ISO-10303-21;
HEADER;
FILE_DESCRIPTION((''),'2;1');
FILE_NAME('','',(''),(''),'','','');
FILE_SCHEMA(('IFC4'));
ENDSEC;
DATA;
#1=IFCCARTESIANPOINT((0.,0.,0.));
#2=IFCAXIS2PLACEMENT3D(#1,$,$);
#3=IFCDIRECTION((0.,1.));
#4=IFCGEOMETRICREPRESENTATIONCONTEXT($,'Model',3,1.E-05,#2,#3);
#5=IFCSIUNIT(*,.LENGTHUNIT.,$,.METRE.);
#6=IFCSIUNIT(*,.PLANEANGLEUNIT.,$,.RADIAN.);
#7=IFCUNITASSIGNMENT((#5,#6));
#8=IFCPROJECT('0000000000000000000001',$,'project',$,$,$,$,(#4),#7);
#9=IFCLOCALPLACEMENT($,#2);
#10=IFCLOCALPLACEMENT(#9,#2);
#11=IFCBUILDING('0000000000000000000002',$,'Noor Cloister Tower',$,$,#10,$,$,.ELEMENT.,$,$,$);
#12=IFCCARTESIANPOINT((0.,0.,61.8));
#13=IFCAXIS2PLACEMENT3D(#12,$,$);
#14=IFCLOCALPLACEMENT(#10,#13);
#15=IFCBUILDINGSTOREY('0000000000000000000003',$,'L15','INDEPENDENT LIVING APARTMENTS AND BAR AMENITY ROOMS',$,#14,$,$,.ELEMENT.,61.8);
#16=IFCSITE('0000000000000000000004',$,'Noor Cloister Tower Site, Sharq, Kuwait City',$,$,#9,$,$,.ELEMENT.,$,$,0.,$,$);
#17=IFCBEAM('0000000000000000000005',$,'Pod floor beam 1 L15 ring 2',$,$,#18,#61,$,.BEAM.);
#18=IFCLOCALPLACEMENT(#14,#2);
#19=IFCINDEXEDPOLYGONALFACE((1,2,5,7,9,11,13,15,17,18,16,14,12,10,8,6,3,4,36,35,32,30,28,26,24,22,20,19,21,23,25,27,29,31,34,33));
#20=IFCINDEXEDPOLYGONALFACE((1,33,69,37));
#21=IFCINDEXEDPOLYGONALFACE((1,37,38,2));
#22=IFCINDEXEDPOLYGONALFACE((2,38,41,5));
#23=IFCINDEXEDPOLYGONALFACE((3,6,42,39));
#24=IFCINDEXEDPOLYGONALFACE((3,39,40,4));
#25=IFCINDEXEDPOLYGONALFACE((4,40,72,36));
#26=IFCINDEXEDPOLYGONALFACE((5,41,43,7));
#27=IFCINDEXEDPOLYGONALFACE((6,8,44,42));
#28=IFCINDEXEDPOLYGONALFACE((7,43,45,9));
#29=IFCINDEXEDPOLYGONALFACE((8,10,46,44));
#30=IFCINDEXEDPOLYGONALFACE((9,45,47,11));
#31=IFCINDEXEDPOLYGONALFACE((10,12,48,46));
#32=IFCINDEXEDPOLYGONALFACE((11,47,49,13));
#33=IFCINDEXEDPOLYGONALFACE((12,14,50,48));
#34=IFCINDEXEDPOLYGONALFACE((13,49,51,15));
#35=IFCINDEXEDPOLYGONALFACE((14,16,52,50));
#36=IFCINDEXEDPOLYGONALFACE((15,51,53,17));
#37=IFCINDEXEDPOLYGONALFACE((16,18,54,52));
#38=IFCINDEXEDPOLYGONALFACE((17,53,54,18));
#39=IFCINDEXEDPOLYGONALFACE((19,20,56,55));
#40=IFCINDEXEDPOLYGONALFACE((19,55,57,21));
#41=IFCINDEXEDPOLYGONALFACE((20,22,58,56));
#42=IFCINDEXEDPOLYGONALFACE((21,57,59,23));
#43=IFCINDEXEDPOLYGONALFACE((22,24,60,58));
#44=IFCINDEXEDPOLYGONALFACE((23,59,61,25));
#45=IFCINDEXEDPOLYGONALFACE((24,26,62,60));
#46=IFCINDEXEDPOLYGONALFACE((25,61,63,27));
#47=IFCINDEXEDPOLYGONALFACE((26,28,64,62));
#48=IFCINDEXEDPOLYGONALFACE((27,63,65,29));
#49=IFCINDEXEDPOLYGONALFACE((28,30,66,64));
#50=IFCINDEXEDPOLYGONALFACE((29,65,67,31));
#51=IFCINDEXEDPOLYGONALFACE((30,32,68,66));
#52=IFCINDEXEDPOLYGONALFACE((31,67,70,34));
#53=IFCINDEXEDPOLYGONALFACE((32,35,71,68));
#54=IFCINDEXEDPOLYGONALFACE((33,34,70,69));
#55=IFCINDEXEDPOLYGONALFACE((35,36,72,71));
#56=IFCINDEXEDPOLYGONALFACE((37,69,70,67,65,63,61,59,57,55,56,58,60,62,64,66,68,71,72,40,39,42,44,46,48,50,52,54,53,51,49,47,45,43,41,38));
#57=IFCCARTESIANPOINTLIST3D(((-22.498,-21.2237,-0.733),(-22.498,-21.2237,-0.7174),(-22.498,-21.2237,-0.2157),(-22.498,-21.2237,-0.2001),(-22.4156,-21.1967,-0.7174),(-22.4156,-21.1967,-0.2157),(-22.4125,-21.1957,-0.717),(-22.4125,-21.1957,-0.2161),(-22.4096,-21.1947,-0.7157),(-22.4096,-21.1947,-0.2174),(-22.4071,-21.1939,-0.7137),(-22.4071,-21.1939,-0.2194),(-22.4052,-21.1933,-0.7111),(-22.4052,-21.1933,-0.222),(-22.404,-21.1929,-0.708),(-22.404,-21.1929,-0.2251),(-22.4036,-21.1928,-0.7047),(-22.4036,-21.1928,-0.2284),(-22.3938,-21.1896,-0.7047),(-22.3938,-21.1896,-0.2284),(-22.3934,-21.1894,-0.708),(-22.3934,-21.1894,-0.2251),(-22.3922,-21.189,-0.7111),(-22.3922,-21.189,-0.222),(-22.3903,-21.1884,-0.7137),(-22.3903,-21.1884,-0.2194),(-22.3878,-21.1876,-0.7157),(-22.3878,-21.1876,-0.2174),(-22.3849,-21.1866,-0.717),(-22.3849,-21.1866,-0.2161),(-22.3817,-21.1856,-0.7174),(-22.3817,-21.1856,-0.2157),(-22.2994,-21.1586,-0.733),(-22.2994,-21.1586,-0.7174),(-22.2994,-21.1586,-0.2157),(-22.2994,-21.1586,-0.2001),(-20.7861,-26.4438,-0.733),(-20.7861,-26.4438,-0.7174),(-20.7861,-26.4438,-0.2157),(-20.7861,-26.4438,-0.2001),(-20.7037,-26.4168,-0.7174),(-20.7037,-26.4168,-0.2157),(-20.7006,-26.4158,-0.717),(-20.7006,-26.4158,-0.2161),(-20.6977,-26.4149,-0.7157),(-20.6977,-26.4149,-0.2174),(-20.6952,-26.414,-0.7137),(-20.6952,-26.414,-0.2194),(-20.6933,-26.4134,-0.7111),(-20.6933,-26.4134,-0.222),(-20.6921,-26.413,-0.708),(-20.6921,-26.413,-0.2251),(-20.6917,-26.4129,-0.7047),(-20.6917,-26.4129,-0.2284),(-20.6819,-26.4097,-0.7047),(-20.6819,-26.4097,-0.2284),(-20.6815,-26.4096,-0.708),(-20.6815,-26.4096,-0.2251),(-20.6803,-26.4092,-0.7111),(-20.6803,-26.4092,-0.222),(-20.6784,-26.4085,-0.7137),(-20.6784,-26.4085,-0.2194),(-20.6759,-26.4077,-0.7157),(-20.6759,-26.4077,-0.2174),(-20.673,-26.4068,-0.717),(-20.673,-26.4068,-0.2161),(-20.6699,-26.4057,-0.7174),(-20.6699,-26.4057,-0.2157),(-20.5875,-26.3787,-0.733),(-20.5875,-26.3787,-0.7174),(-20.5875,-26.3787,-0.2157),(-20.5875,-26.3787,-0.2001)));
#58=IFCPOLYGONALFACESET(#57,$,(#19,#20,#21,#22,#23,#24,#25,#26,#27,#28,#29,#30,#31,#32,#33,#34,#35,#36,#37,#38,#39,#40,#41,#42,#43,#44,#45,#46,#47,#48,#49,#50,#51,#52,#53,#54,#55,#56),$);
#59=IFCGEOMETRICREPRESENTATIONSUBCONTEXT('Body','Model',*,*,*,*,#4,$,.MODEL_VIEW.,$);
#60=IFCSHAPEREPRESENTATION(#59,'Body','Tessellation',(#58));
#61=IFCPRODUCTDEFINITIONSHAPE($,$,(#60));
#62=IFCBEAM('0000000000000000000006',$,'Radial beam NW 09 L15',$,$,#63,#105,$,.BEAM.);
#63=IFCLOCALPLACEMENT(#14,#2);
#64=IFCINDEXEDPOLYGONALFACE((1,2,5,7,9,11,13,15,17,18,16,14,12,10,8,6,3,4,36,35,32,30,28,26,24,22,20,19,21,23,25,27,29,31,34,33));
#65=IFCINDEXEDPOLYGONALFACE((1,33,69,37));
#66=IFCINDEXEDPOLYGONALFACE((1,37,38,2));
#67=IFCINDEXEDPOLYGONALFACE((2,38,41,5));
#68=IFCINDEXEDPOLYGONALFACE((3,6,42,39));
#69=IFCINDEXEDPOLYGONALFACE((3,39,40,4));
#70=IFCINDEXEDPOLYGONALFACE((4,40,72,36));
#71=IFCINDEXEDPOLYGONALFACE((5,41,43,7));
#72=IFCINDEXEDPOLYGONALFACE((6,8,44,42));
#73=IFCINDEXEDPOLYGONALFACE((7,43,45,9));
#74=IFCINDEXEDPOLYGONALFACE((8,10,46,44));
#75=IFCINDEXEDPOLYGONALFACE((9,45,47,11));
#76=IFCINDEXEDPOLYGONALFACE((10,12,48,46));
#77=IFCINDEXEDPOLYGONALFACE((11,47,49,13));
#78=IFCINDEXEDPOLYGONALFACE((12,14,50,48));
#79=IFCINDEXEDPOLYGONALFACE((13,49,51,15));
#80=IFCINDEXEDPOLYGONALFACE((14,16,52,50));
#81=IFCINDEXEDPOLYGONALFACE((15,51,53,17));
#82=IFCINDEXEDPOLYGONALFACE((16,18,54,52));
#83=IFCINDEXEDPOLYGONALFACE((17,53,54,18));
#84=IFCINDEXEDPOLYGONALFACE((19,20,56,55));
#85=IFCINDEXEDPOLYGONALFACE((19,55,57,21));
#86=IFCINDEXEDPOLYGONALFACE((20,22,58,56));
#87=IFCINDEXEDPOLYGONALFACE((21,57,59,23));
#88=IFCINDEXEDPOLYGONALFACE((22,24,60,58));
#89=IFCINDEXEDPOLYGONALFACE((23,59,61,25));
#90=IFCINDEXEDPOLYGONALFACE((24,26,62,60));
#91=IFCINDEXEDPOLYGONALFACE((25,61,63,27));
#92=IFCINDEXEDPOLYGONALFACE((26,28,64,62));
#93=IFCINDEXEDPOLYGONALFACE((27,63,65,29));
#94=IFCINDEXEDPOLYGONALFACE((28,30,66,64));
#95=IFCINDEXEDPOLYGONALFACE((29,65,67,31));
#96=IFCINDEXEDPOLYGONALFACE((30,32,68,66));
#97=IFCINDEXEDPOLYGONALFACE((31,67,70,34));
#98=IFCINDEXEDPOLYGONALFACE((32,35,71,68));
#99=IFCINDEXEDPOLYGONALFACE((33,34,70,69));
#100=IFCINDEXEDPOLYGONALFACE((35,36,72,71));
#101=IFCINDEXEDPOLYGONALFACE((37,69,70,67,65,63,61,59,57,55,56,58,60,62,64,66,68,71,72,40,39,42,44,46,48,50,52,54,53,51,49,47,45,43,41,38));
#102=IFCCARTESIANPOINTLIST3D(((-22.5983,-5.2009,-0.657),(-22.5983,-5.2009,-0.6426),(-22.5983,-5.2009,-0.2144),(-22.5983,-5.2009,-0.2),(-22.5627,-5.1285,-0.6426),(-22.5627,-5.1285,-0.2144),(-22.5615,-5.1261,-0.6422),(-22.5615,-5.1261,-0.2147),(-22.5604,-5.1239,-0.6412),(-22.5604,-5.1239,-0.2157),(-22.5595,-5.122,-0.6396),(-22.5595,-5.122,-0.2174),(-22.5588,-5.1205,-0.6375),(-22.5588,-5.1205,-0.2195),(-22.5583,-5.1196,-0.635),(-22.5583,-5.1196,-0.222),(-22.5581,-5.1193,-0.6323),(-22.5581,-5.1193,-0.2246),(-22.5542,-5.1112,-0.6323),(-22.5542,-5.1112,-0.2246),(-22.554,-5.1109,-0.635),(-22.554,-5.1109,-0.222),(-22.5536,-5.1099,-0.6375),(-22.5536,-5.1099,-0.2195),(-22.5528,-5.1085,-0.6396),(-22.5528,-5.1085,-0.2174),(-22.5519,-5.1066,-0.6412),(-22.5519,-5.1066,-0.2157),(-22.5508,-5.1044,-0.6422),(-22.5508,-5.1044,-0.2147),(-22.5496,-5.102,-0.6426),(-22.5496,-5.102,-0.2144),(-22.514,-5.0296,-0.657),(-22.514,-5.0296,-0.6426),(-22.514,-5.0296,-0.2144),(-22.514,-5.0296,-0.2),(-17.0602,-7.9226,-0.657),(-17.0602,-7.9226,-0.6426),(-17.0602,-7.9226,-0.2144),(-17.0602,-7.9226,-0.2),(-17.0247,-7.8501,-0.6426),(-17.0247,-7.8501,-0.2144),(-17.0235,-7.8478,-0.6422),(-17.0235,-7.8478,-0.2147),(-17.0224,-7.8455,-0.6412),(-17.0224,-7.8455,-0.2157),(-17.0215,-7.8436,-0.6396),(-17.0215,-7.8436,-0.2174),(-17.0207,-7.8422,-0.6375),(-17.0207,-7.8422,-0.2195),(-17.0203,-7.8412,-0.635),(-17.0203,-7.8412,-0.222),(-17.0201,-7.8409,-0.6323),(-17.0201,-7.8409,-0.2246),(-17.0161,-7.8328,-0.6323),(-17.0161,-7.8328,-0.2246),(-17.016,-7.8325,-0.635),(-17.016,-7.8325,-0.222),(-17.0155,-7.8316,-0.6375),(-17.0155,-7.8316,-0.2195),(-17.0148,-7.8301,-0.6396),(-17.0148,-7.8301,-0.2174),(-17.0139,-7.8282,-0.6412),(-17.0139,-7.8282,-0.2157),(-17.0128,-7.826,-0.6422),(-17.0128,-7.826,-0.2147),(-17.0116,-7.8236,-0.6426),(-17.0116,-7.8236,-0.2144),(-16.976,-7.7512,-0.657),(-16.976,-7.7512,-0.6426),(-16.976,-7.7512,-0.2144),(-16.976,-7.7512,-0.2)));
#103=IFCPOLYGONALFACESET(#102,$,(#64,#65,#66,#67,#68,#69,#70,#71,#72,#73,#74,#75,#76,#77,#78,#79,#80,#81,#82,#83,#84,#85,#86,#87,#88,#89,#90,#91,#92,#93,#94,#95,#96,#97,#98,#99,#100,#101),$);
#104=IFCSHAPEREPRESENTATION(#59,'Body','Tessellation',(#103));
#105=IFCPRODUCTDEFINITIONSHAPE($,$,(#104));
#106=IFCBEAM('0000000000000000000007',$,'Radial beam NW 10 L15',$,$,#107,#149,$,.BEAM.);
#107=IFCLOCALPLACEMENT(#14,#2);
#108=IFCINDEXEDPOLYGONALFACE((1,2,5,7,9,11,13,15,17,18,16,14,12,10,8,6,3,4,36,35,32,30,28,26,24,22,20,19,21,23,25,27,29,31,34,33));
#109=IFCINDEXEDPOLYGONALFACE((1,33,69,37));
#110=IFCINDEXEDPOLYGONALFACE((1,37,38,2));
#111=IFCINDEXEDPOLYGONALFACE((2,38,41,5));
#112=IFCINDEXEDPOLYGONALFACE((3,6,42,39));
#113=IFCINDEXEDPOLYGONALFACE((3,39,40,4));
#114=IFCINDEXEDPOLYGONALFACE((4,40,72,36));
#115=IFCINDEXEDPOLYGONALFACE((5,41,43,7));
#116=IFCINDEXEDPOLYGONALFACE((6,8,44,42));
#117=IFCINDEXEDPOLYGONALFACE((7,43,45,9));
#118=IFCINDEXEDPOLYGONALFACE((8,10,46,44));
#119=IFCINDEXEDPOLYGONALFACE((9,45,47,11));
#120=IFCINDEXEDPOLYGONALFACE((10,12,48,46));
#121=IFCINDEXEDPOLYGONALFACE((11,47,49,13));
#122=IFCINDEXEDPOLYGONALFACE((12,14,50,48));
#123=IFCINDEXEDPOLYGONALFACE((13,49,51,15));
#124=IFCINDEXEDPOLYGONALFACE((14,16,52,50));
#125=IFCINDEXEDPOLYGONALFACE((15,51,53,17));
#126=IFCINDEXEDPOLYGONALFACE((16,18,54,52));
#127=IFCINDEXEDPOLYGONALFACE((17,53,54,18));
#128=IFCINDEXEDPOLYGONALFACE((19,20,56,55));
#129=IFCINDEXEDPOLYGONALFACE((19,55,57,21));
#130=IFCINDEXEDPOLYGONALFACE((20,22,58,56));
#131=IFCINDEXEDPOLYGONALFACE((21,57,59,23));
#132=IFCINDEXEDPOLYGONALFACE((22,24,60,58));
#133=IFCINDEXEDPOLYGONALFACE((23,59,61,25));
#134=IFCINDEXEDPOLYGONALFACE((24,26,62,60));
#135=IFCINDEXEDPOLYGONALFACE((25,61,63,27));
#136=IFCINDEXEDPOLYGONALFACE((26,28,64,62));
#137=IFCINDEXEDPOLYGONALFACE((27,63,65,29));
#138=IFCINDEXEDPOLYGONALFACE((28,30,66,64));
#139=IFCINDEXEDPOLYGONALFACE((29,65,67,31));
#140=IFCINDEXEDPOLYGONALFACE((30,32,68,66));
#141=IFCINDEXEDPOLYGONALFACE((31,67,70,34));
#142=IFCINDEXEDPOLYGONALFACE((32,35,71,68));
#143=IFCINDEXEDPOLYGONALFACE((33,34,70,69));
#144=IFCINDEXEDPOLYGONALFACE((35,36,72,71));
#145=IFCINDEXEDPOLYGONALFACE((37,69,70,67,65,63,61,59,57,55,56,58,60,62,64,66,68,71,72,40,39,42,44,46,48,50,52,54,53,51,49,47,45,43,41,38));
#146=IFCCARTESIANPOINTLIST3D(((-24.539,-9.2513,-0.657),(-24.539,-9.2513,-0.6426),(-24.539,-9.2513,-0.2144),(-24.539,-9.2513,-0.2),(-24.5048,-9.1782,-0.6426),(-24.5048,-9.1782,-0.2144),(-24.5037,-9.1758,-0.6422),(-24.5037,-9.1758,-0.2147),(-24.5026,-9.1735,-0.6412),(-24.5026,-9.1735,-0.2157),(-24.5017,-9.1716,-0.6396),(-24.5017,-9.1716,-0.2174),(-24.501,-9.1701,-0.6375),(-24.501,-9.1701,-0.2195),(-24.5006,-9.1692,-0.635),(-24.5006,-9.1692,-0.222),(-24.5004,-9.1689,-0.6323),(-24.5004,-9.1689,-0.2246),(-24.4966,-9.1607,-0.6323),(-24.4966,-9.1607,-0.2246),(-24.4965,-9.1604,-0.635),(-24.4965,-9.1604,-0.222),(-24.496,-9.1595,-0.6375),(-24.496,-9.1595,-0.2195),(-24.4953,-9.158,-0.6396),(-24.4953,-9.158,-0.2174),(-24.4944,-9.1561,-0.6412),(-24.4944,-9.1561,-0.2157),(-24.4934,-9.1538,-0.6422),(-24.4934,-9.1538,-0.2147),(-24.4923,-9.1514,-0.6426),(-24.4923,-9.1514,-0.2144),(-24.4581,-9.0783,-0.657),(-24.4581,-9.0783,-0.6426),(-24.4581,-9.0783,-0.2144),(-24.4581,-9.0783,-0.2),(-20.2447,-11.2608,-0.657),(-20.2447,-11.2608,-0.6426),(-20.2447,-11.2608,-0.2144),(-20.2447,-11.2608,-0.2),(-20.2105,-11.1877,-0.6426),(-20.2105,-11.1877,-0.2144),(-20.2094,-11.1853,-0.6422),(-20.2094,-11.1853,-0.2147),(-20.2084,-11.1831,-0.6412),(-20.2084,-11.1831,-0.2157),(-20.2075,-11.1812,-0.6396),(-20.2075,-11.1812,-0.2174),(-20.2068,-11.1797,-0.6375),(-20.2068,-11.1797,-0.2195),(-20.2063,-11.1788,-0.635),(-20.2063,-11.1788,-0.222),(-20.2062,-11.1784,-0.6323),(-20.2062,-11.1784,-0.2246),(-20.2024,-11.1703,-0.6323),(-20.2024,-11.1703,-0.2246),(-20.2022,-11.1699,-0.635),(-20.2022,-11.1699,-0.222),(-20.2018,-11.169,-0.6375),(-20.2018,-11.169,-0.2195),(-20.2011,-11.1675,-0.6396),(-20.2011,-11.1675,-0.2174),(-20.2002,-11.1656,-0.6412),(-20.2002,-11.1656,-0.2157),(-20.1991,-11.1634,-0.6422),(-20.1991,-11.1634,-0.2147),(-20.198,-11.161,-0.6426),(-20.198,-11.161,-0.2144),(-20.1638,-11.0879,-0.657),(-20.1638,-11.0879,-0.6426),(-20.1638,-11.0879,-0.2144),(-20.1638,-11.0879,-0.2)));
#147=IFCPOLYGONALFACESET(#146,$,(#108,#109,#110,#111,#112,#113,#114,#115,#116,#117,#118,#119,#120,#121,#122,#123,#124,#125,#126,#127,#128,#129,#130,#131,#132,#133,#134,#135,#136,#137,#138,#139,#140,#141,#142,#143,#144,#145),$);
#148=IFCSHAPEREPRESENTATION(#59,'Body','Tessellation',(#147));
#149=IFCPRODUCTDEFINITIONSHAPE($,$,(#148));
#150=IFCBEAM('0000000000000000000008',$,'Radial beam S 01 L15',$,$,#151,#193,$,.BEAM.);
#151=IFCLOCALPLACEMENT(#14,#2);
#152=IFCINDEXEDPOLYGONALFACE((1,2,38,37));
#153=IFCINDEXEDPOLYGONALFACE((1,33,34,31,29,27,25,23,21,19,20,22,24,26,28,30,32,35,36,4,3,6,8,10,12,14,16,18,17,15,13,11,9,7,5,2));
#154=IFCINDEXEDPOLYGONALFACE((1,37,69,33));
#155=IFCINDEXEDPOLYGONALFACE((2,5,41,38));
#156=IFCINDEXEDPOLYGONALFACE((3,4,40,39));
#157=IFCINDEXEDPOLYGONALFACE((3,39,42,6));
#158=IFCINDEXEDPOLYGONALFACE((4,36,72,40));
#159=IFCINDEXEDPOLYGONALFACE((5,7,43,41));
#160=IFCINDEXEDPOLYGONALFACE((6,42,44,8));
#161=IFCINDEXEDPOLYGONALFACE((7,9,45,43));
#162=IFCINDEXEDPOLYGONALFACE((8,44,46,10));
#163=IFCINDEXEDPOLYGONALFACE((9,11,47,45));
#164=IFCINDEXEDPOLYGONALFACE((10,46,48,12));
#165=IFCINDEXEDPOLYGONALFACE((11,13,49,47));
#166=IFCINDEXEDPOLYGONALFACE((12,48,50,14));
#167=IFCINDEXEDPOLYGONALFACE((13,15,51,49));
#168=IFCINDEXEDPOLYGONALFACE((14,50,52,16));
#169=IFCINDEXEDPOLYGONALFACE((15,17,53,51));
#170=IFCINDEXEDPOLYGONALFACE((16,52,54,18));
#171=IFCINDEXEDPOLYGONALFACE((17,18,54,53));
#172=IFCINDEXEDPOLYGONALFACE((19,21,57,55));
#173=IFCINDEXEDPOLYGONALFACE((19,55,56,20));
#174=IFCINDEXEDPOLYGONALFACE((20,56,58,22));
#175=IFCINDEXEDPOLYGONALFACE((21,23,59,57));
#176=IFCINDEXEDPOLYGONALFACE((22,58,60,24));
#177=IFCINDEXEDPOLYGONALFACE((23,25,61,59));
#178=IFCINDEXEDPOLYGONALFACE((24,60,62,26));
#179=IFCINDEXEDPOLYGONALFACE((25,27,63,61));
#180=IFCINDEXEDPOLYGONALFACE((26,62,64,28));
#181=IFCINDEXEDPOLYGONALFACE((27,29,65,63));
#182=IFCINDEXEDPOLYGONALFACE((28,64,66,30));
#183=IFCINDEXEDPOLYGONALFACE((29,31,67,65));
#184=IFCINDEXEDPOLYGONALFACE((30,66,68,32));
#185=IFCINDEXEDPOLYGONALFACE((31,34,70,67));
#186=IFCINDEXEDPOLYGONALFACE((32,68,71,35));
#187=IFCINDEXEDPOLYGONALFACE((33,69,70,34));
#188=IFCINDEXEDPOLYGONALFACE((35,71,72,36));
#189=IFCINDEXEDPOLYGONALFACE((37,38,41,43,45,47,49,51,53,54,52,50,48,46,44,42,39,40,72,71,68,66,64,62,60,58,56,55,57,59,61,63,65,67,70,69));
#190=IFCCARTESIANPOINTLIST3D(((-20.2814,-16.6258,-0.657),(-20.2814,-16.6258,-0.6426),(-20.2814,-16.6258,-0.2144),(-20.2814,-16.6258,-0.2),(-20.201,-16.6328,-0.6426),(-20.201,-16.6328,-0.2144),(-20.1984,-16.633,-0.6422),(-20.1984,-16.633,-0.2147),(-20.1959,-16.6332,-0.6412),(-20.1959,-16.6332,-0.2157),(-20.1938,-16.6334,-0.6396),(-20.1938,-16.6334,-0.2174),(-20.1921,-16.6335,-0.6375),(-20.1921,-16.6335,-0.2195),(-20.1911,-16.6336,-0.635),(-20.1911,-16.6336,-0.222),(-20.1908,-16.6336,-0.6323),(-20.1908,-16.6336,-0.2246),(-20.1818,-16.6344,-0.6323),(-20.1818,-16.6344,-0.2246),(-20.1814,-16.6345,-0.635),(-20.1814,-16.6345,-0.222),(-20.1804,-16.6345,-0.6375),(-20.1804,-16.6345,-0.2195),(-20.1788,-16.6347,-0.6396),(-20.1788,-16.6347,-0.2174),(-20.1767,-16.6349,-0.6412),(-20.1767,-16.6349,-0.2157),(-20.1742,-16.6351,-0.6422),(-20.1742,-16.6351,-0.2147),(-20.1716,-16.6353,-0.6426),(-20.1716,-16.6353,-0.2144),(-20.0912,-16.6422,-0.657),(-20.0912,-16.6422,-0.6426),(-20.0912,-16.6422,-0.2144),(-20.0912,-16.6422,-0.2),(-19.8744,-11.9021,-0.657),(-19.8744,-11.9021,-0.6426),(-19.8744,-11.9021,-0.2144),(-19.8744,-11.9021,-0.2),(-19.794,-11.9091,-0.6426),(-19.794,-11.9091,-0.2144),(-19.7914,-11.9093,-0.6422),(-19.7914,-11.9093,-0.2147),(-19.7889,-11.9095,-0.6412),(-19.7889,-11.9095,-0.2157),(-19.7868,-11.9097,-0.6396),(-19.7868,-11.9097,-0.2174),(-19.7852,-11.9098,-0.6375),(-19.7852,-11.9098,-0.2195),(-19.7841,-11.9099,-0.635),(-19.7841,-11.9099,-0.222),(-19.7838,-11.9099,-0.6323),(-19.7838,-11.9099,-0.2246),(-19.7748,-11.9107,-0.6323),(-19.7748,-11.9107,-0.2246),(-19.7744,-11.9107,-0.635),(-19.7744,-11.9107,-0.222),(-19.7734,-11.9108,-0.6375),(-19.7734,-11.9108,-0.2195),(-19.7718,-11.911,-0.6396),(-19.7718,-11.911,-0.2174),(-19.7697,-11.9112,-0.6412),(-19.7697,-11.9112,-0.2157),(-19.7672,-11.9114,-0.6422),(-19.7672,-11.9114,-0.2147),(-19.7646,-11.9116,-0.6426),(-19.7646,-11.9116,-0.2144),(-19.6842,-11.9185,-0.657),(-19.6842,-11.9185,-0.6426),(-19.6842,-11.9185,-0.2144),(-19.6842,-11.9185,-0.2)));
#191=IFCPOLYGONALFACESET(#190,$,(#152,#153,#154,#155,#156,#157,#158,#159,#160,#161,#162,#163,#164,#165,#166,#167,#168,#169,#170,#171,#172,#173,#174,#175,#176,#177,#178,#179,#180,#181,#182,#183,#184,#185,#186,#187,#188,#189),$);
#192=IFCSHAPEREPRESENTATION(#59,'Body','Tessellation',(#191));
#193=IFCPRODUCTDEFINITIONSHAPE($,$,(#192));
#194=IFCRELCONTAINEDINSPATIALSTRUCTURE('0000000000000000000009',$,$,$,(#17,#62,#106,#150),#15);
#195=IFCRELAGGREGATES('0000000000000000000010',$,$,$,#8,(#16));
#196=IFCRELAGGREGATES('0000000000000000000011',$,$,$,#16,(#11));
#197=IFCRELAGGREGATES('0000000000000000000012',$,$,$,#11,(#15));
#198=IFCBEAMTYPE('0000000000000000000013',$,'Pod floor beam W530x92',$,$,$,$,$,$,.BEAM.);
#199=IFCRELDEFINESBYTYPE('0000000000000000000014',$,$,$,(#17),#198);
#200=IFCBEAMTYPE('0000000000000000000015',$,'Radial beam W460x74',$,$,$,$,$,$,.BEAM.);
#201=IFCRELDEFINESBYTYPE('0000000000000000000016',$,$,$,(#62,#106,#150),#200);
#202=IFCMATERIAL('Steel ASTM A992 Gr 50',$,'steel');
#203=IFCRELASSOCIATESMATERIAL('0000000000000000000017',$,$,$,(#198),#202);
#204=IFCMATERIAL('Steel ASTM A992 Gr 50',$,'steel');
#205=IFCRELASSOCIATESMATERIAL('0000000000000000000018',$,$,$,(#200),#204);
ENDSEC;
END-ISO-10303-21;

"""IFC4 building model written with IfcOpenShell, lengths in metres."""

from ifc_helpers import new_model, si_unit, direction, frame, origin, origin_2d, place, context, subcontext, project, spatial, i_section, extrude, material, material_profile, profile_set, type_object, element, save


model = new_model("IFC4")

# Units and contexts
model_context = context("Model", 3, precision=1e-05, world=origin(), true_north=direction((0.0, 1.0)))
body_context = subcontext(model_context, "Body", "Model", "MODEL_VIEW")
ifc_project = project(units=[si_unit("LENGTHUNIT", "METRE"), si_unit("PLANEANGLEUNIT", "RADIAN")], contexts=[model_context])

# Site, building, storey
site_placement = place(None, origin())
site = spatial("IfcSite", under=ifc_project, at=site_placement, Name="Noor Cloister Tower Site, Sharq, Kuwait City", CompositionType="ELEMENT", RefElevation=0.0)
building_placement = place(site_placement, origin())
building = spatial("IfcBuilding", under=site, at=building_placement, Name="Noor Cloister Tower", CompositionType="ELEMENT")
storey_placement = place(building_placement, frame((0.0, 0.0, 61.8)))
storey = spatial("IfcBuildingStorey", under=building, at=storey_placement, Name="L15", Description="INDEPENDENT LIVING APARTMENTS AND BAR AMENITY ROOMS", CompositionType="ELEMENT", Elevation=61.8)

# Beams
ifc_material_1 = material(Name="Steel ASTM A992 Gr 50", Category="steel")
ifc_material_profile_1 = material_profile(ifc_material_1, i_section(OverallWidth=0.209, OverallDepth=0.533, WebThickness=0.0103, FlangeThickness=0.0156, FilletRadius=0.0127, at=origin_2d()), Name="W530x92")
ifc_profile_set_1 = profile_set([ifc_material_profile_1], Name="Steel ASTM A992 Gr 50")
beam_type_1 = type_object("IfcBeamType", Name="Pod floor beam W530x92", PredefinedType="BEAM", material=ifc_profile_set_1)
beam_1_placement = place(storey_placement, frame((-22.3987, -21.1912, -0.4666), z_axis=(0.311611, -0.95021, 0.0), x_axis=(0.95021, 0.311611, 0.0)))
element("IfcBeam", 1, at=beam_1_placement, inside=storey, type_object=beam_type_1, Name="Pod floor beam 1 L15 ring 2", PredefinedType="BEAM", context=body_context, shape_type="SweptSolid", body=[
    extrude(i_section(OverallWidth=0.209, OverallDepth=0.533, WebThickness=0.0103, FlangeThickness=0.0156, FilletRadius=0.0127, at=origin_2d()), origin(), (0.0, 0.0, 1.0), 5.4937),
])
ifc_material_2 = material(Name="Steel ASTM A992 Gr 50", Category="steel")
ifc_material_profile_2 = material_profile(ifc_material_2, i_section(OverallWidth=0.1909, OverallDepth=0.457, WebThickness=0.009, FlangeThickness=0.0144, FilletRadius=0.0103, at=origin_2d()), Name="W460x74")
ifc_profile_set_2 = profile_set([ifc_material_profile_2], Name="Steel ASTM A992 Gr 50")
beam_type_2 = type_object("IfcBeamType", Name="Radial beam W460x74", PredefinedType="BEAM", material=ifc_profile_set_2)
beam_2_placement = place(storey_placement, frame((-22.5562, -5.1152, -0.4285), z_axis=(0.897476, -0.441063, 0.0), x_axis=(0.441063, 0.897476, 0.0)))
element("IfcBeam", 2, at=beam_2_placement, inside=storey, type_object=beam_type_2, Name="Radial beam NW 09 L15", PredefinedType="BEAM", context=body_context, shape_type="SweptSolid", body=[
    extrude(i_section(OverallWidth=0.1909, OverallDepth=0.457, WebThickness=0.009, FlangeThickness=0.0144, FilletRadius=0.0103, at=origin_2d()), origin(), (0.0, 0.0, 1.0), 6.1707),
])
for number, where, z_axis, x_axis, name in (
    (3, (-24.4985, -9.1648, -0.4285), (0.905733, -0.423849, 0.0), (0.423849, 0.905733, 0.0), "Radial beam NW 10 L15"),
    (4, (-20.1863, -16.634, -0.4285), (0.085841, 0.996309, 0.0), (-0.996309, 0.085841, 0.0), "Radial beam S 01 L15"),
):
    element("IfcBeam", number, at=place(storey_placement, frame(where, z_axis=z_axis, x_axis=x_axis)), inside=storey, type_object=beam_type_2, Name=name, PredefinedType="BEAM", context=body_context, shape_type="SweptSolid", body=[
        extrude(i_section(OverallWidth=0.1909, OverallDepth=0.457, WebThickness=0.009, FlangeThickness=0.0144, FilletRadius=0.0103, at=origin_2d()), origin(), (0.0, 0.0, 1.0), 4.7412),
    ])

save(model, "model.ifc")
